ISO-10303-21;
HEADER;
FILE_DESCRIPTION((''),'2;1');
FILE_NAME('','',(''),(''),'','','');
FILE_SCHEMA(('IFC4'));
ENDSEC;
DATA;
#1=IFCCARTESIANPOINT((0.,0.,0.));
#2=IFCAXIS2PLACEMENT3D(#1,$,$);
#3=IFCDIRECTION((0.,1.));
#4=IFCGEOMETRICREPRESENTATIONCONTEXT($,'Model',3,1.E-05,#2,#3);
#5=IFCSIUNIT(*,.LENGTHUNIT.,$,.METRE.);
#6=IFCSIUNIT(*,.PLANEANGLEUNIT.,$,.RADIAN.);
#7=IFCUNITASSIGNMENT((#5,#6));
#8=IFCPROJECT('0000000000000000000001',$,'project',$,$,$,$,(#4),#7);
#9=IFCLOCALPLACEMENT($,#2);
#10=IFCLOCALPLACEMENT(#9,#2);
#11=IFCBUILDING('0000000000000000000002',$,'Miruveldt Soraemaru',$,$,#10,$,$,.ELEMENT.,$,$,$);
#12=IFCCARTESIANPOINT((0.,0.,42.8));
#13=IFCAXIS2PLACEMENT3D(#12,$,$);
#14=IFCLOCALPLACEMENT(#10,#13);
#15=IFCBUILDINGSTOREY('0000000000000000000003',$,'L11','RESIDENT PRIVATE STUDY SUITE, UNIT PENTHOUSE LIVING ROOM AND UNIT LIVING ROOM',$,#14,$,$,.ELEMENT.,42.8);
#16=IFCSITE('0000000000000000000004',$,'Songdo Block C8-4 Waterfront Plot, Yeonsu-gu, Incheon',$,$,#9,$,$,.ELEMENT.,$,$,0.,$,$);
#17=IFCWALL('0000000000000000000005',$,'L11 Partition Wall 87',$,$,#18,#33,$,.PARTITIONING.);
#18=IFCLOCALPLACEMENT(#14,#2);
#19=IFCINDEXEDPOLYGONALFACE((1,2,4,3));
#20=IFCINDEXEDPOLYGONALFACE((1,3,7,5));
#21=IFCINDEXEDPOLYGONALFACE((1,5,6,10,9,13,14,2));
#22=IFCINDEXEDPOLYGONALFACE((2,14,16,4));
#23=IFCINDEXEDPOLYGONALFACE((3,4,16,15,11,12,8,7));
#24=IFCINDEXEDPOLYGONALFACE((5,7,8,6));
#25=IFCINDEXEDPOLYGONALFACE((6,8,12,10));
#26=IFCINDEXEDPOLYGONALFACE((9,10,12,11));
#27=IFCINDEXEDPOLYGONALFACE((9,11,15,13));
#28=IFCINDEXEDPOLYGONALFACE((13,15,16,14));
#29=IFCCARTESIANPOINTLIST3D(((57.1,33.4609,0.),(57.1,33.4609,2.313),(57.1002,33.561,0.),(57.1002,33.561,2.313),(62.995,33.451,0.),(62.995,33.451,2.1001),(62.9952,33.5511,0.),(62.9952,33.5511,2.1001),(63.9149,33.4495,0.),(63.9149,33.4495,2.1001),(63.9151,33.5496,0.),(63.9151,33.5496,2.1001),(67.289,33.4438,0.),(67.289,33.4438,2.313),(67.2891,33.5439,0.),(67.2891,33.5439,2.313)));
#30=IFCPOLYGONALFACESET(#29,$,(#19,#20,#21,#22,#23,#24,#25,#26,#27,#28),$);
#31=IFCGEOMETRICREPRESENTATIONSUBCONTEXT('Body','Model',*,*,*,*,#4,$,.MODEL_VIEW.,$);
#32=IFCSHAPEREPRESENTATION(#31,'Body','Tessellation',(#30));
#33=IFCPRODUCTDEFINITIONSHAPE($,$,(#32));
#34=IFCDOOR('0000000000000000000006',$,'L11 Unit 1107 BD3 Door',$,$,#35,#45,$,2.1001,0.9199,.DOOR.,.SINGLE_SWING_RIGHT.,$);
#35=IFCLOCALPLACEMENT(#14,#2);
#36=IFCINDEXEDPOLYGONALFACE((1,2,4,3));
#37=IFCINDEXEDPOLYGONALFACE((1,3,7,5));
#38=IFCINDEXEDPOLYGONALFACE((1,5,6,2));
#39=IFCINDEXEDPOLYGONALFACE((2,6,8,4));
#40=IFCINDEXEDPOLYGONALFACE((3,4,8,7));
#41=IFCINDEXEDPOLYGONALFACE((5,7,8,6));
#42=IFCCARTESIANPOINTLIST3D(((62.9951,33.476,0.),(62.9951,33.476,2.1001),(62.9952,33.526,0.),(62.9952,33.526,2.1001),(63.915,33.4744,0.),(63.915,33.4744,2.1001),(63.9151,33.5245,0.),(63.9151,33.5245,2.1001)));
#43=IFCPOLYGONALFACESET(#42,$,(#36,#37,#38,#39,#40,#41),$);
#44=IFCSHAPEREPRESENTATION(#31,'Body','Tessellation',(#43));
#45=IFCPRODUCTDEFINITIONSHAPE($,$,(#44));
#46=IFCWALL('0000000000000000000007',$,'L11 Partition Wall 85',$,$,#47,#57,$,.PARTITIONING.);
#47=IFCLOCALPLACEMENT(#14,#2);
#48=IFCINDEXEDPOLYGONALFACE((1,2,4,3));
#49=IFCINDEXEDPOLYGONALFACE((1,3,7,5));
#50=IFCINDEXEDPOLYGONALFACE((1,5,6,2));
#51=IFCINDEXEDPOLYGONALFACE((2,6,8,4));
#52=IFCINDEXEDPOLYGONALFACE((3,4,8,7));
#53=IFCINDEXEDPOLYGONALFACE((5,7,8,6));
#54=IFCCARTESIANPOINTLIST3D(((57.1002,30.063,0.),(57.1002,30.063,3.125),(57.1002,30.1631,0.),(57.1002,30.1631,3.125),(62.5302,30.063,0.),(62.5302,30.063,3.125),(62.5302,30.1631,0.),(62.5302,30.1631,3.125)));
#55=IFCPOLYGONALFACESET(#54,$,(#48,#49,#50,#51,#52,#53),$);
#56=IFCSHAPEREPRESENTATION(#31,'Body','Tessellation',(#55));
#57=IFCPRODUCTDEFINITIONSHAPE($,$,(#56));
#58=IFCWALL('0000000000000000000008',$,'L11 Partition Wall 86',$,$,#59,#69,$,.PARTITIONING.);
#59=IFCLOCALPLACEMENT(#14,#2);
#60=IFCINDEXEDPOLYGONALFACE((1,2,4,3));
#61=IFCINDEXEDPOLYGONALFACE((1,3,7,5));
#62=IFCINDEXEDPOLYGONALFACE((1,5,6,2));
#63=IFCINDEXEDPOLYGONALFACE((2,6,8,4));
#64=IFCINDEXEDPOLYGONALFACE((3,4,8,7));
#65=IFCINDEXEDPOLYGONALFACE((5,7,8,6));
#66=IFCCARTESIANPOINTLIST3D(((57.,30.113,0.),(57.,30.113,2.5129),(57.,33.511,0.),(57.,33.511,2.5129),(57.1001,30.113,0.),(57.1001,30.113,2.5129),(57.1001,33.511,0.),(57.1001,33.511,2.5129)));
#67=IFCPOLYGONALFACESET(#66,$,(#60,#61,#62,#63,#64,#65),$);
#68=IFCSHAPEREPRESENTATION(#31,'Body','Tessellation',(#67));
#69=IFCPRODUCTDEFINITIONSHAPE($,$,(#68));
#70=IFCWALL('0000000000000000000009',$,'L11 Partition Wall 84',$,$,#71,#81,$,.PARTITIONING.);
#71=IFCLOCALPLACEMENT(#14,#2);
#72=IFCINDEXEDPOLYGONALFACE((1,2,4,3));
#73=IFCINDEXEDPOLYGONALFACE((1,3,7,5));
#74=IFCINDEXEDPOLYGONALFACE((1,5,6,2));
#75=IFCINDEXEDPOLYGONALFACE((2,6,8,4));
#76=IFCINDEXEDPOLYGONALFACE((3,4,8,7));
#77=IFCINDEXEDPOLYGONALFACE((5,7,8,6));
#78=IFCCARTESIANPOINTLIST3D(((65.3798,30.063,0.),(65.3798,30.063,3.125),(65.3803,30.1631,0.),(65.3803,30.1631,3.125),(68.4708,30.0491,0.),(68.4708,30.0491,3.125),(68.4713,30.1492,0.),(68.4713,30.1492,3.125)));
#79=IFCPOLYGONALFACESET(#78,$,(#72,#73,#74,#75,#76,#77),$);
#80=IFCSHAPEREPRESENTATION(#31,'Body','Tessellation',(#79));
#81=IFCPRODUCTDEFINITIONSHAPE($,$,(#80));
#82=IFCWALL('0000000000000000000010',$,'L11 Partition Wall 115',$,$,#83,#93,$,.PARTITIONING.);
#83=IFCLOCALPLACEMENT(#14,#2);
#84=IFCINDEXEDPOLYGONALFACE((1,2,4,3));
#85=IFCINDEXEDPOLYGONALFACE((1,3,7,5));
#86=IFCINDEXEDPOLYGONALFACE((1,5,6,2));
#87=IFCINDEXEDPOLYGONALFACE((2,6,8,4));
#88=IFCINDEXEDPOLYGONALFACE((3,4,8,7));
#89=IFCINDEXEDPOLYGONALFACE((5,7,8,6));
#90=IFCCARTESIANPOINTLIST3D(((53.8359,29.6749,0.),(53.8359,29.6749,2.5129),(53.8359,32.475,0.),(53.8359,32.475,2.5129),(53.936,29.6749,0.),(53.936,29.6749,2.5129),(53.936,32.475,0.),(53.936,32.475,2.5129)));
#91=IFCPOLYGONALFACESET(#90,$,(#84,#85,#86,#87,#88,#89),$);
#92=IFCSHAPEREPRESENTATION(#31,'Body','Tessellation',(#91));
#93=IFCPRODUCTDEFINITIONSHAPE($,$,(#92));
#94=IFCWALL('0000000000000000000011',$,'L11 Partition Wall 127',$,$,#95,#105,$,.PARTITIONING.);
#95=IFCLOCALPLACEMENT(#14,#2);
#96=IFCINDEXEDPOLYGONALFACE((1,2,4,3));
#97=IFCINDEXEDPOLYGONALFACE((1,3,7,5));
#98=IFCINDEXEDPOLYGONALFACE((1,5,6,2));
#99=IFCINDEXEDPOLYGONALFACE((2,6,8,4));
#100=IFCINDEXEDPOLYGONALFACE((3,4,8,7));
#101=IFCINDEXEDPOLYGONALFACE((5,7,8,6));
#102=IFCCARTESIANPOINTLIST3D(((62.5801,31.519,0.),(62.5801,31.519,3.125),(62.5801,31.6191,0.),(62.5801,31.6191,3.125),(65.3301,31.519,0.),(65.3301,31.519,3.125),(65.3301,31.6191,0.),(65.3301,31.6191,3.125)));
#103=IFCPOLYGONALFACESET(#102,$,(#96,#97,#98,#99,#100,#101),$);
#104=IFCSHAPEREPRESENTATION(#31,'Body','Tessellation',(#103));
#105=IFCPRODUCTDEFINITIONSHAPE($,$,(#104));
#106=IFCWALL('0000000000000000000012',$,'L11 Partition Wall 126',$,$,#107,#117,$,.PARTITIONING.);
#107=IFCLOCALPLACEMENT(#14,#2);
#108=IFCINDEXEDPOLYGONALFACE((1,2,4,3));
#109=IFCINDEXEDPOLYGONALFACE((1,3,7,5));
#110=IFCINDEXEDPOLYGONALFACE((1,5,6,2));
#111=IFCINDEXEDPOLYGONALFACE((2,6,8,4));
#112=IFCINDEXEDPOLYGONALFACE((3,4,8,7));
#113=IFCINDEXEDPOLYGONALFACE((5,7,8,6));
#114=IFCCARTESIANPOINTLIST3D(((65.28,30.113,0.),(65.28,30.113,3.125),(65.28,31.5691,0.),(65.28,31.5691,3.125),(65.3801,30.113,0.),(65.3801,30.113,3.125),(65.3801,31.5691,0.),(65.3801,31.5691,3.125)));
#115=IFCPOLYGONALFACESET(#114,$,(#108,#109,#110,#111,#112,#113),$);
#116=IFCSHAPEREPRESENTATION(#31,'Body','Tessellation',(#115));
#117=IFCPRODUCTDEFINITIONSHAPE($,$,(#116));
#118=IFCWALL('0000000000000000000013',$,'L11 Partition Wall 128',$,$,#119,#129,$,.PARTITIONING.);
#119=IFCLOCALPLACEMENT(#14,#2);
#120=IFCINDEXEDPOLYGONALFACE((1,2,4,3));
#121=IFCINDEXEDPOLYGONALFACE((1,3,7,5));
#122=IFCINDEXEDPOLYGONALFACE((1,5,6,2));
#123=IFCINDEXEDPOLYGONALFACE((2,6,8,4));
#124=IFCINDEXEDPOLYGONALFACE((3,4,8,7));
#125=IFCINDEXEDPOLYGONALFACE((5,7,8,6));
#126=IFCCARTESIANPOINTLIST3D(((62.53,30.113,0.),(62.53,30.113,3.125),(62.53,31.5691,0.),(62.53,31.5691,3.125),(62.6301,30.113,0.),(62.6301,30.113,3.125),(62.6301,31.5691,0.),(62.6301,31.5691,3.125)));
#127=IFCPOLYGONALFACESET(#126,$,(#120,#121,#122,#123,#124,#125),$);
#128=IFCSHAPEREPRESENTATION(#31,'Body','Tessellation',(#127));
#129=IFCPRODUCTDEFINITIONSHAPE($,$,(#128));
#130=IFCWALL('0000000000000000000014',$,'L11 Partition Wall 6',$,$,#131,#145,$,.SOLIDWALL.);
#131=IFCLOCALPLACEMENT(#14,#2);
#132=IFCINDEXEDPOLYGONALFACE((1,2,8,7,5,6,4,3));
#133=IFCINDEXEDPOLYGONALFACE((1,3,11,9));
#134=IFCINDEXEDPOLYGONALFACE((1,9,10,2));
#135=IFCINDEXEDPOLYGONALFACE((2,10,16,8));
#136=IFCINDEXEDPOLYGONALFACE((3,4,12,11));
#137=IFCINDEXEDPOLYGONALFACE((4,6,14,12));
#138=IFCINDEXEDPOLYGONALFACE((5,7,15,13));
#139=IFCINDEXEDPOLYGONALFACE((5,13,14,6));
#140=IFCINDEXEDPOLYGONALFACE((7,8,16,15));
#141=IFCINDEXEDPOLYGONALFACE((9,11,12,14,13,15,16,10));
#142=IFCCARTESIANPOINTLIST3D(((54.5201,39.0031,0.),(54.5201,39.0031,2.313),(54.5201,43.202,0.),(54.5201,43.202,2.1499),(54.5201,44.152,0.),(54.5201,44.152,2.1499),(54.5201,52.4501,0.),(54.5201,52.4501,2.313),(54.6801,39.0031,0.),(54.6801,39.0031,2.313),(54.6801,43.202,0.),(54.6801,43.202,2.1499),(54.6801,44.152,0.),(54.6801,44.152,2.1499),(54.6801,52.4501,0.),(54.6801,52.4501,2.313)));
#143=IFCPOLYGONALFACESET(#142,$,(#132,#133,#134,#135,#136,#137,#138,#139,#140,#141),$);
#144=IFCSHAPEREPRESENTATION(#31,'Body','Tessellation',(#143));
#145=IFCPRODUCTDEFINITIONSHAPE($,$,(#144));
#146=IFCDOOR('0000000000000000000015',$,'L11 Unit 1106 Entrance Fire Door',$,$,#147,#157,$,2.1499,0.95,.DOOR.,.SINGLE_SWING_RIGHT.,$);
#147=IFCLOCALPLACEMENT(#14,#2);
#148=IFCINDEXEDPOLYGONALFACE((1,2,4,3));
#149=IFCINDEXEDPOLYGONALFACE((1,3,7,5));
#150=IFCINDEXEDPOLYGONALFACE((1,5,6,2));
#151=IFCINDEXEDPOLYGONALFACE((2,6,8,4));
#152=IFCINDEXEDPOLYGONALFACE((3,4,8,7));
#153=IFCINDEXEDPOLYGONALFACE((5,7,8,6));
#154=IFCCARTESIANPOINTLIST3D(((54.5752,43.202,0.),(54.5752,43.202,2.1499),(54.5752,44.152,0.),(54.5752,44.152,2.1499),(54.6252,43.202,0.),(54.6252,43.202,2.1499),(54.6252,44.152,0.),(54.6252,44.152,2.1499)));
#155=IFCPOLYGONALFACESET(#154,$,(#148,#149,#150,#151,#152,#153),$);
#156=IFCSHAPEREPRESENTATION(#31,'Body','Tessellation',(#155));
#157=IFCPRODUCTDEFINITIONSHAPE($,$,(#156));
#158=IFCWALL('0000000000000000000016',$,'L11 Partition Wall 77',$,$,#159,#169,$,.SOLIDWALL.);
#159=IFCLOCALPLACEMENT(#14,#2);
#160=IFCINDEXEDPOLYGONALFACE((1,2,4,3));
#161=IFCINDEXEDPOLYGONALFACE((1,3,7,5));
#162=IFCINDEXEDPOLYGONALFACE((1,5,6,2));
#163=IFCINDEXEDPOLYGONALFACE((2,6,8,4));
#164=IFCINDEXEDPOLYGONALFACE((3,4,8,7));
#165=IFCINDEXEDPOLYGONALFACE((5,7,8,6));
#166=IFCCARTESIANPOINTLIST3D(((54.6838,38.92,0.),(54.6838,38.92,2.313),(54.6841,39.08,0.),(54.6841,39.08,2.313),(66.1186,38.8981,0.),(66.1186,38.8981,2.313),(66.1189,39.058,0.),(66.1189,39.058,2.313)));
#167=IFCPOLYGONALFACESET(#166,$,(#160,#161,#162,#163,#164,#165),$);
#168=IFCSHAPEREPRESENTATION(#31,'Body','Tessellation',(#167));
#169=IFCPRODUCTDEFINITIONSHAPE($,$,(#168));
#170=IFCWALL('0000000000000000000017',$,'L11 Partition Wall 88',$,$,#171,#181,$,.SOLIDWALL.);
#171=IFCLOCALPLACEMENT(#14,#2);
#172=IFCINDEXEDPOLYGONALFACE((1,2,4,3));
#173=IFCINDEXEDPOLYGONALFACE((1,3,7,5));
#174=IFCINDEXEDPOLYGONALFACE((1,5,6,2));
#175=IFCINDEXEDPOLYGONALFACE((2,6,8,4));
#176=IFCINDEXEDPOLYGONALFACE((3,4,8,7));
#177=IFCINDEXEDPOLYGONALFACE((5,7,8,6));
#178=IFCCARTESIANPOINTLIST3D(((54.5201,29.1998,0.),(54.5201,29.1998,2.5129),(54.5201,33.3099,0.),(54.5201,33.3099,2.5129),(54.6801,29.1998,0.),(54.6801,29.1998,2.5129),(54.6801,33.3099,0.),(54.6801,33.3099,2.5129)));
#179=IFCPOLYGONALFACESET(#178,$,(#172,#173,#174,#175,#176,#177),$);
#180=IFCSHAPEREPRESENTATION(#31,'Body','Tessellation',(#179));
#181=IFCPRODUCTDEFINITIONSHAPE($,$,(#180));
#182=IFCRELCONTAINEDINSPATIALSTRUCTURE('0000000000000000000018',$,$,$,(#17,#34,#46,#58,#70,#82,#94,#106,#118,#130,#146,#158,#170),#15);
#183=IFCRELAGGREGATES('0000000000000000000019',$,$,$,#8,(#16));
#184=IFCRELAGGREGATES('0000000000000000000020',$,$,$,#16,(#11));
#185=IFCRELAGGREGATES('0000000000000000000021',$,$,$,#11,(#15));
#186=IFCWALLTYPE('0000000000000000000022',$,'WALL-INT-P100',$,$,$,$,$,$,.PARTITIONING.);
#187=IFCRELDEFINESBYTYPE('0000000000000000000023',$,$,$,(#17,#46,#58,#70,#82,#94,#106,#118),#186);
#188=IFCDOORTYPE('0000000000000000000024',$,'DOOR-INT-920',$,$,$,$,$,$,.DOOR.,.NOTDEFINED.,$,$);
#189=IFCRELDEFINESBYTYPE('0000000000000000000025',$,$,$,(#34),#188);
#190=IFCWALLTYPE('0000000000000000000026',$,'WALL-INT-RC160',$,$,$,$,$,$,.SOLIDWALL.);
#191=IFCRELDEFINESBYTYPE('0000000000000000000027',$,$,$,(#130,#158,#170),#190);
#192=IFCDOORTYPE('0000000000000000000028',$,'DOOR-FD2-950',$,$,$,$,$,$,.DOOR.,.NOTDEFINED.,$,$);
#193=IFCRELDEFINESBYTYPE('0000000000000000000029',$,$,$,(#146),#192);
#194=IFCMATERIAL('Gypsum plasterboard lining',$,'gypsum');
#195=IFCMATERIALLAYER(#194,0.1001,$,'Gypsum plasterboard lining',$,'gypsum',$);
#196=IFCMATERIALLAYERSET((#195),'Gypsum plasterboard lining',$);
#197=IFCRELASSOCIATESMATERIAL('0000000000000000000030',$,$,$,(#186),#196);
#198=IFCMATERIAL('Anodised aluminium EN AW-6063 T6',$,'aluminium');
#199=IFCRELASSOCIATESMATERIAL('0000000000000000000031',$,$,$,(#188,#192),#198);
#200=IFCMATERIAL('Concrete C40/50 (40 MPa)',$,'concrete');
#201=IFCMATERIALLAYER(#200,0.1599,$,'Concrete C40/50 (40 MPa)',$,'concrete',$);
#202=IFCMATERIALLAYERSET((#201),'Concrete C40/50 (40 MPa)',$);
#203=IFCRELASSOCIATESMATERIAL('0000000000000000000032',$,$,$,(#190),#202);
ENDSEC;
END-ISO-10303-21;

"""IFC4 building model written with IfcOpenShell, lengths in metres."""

from ifc_helpers import new_model, si_unit, direction, frame, frame_2d, origin, place, context, subcontext, project, spatial, rectangle, extrude, material, layer, layer_set, type_object, element, fill, save


model = new_model("IFC4")

# Units and contexts
model_context = context("Model", 3, precision=1e-05, world=origin(), true_north=direction((0.0, 1.0)))
body_context = subcontext(model_context, "Body", "Model", "MODEL_VIEW")
ifc_project = project(units=[si_unit("LENGTHUNIT", "METRE"), si_unit("PLANEANGLEUNIT", "RADIAN")], contexts=[model_context])

# Site, building, storey
site_placement = place(None, origin())
site = spatial("IfcSite", under=ifc_project, at=site_placement, Name="Songdo Block C8-4 Waterfront Plot, Yeonsu-gu, Incheon", CompositionType="ELEMENT", RefElevation=0.0)
building_placement = place(site_placement, origin())
building = spatial("IfcBuilding", under=site, at=building_placement, Name="Miruveldt Soraemaru", CompositionType="ELEMENT")
storey_placement = place(building_placement, frame((0.0, 0.0, 42.8)))
storey = spatial("IfcBuildingStorey", under=building, at=storey_placement, Name="L11", Description="RESIDENT PRIVATE STUDY SUITE, UNIT PENTHOUSE LIVING ROOM AND UNIT LIVING ROOM", CompositionType="ELEMENT", Elevation=42.8)

# Wall, opening, door
ifc_material_1 = material(Name="Gypsum plasterboard lining", Category="gypsum")
ifc_layer_1 = layer(ifc_material_1, 0.1001, Name="Gypsum plasterboard lining", Category="gypsum")
ifc_layer_set_1 = layer_set([ifc_layer_1], Name="Gypsum plasterboard lining")
wall_type_1 = type_object("IfcWallType", Name="WALL-INT-P100", PredefinedType="PARTITIONING", material=ifc_layer_set_1)
wall_1_placement = place(storey_placement, frame((57.1001, 33.511, 0.0), z_axis=(0.0, 0.0, 1.0), x_axis=(0.999999, -0.001677, 0.0)))
wall_1 = element("IfcWall", 1, at=wall_1_placement, inside=storey, type_object=wall_type_1, Name="L11 Partition Wall 87", PredefinedType="PARTITIONING", context=body_context, shape_type="SweptSolid", body=[
    extrude(rectangle(XDim=10.189, YDim=0.1001, at=frame_2d((5.0945, 0.0))), origin(), (0.0, 0.0, 1.0), 2.313),
])
opening_1_placement = place(wall_1_placement, frame((5.895, 0.0, 0.0)))
opening_1 = element("IfcOpeningElement", 2, at=opening_1_placement, cuts=wall_1, PredefinedType="OPENING", context=body_context, shape_type="SweptSolid", body=[
    extrude(rectangle(XDim=0.9199, YDim=2.1001, at=frame_2d((0.46, 1.05))), frame((0.0, 0.0601, 0.0), z_axis=(0.0, -1.0, 0.0), x_axis=(1.0, 0.0, 0.0)), (0.0, 0.0, 1.0), 0.1201),
])
ifc_material_2 = material(Name="Anodised aluminium EN AW-6063 T6", Category="aluminium")
door_type_1 = type_object("IfcDoorType", Name="DOOR-INT-920", OperationType="NOTDEFINED", PredefinedType="DOOR", material=ifc_material_2)
door_1_placement = place(opening_1_placement, origin())
door_1 = element("IfcDoor", 3, at=door_1_placement, inside=storey, type_object=door_type_1, Name="L11 Unit 1107 BD3 Door", OperationType="SINGLE_SWING_RIGHT", OverallHeight=2.1001, OverallWidth=0.9199, PredefinedType="DOOR", context=body_context, shape_type="SweptSolid", body=[
    extrude(rectangle(XDim=0.9199, YDim=2.1001, at=frame_2d((0.46, 1.05))), frame((0.0, 0.0249, 0.0), z_axis=(0.0, -1.0, 0.0), x_axis=(1.0, 0.0, 0.0)), (0.0, 0.0, 1.0), 0.05),
])
fill(opening_1, door_1)

# Walls
wall_2_placement = place(storey_placement, frame((62.53, 30.113, 0.0), z_axis=(0.0, 0.0, 1.0), x_axis=(-1.0, 0.0, 0.0)))
element("IfcWall", 4, at=wall_2_placement, inside=storey, type_object=wall_type_1, Name="L11 Partition Wall 85", PredefinedType="PARTITIONING", context=body_context, shape_type="SweptSolid", body=[
    extrude(rectangle(XDim=5.4299, YDim=0.1001, at=frame_2d((2.7148, 0.0))), origin(), (0.0, 0.0, 1.0), 3.125),
])
wall_3_placement = place(storey_placement, frame((57.05, 30.113, 0.0), z_axis=(0.0, 0.0, 1.0), x_axis=(0.0, 1.0, 0.0)))
element("IfcWall", 5, at=wall_3_placement, inside=storey, type_object=wall_type_1, Name="L11 Partition Wall 86", PredefinedType="PARTITIONING", context=body_context, shape_type="SweptSolid", body=[
    extrude(rectangle(XDim=3.3979, YDim=0.1001, at=frame_2d((1.699, 0.0))), origin(), (0.0, 0.0, 1.0), 2.5129),
])
wall_4_placement = place(storey_placement, frame((68.4709, 30.0991, 0.0), z_axis=(0.0, 0.0, 1.0), x_axis=(-0.99999, 0.004502, 0.0)))
element("IfcWall", 6, at=wall_4_placement, inside=storey, type_object=wall_type_1, Name="L11 Partition Wall 84", PredefinedType="PARTITIONING", context=body_context, shape_type="SweptSolid", body=[
    extrude(rectangle(XDim=3.0911, YDim=0.1001, at=frame_2d((1.5454, 0.0))), origin(), (0.0, 0.0, 1.0), 3.125),
])
wall_5_placement = place(storey_placement, frame((53.886, 29.675, 0.0), z_axis=(0.0, 0.0, 1.0), x_axis=(0.0, 1.0, 0.0)))
element("IfcWall", 7, at=wall_5_placement, inside=storey, type_object=wall_type_1, Name="L11 Partition Wall 115", PredefinedType="PARTITIONING", context=body_context, shape_type="SweptSolid", body=[
    extrude(rectangle(XDim=2.8, YDim=0.1001, at=frame_2d((1.3999, 0.0))), origin(), (0.0, 0.0, 1.0), 2.5129),
])
wall_6_placement = place(storey_placement, frame((65.3301, 31.5691, 0.0), z_axis=(0.0, 0.0, 1.0), x_axis=(-1.0, 0.0, 0.0)))
element("IfcWall", 8, at=wall_6_placement, inside=storey, type_object=wall_type_1, Name="L11 Partition Wall 127", PredefinedType="PARTITIONING", context=body_context, shape_type="SweptSolid", body=[
    extrude(rectangle(XDim=2.75, YDim=0.1001, at=frame_2d((1.375, 0.0))), origin(), (0.0, 0.0, 1.0), 3.125),
])
for number, where, z_axis, x_axis, name in (
    (9, (65.3301, 30.113, 0.0), (0.0, 0.0, 1.0), (0.0, 1.0, 0.0), "L11 Partition Wall 126"),
    (10, (62.5801, 31.5691, 0.0), (0.0, 0.0, 1.0), (0.0, -1.0, 0.0), "L11 Partition Wall 128"),
):
    element("IfcWall", number, at=place(storey_placement, frame(where, z_axis=z_axis, x_axis=x_axis)), inside=storey, type_object=wall_type_1, Name=name, PredefinedType="PARTITIONING", context=body_context, shape_type="SweptSolid", body=[
        extrude(rectangle(XDim=1.4561, YDim=0.1001, at=frame_2d((0.728, 0.0))), origin(), (0.0, 0.0, 1.0), 3.125),
    ])

# Wall, opening, door
ifc_material_3 = material(Name="Concrete C40/50 (40 MPa)", Category="concrete")
ifc_layer_2 = layer(ifc_material_3, 0.1599, Name="Concrete C40/50 (40 MPa)", Category="concrete")
ifc_layer_set_2 = layer_set([ifc_layer_2], Name="Concrete C40/50 (40 MPa)")
wall_type_2 = type_object("IfcWallType", Name="WALL-INT-RC160", PredefinedType="SOLIDWALL", material=ifc_layer_set_2)
wall_7_placement = place(storey_placement, frame((54.6001, 39.0029, 0.0), z_axis=(0.0, 0.0, 1.0), x_axis=(0.0, 1.0, 0.0)))
wall_7 = element("IfcWall", 11, at=wall_7_placement, inside=storey, type_object=wall_type_2, Name="L11 Partition Wall 6", PredefinedType="SOLIDWALL", context=body_context, shape_type="SweptSolid", body=[
    extrude(rectangle(XDim=13.447, YDim=0.1599, at=frame_2d((6.7236, 0.0))), origin(), (0.0, 0.0, 1.0), 2.313),
])
opening_2_placement = place(wall_7_placement, frame((4.199, 0.0, 0.0)))
opening_2 = element("IfcOpeningElement", 12, at=opening_2_placement, cuts=wall_7, PredefinedType="OPENING", context=body_context, shape_type="SweptSolid", body=[
    extrude(rectangle(XDim=0.95, YDim=2.1499, at=frame_2d((0.4751, 1.075))), frame((0.0, 0.0898, 0.0), z_axis=(0.0, -1.0, 0.0), x_axis=(1.0, 0.0, 0.0)), (0.0, 0.0, 1.0), 0.1799),
])
door_type_2 = type_object("IfcDoorType", Name="DOOR-FD2-950", OperationType="NOTDEFINED", PredefinedType="DOOR", material=ifc_material_2)
door_2_placement = place(opening_2_placement, origin())
door_2 = element("IfcDoor", 13, at=door_2_placement, inside=storey, type_object=door_type_2, Name="L11 Unit 1106 Entrance Fire Door", OperationType="SINGLE_SWING_RIGHT", OverallHeight=2.1499, OverallWidth=0.95, PredefinedType="DOOR", context=body_context, shape_type="SweptSolid", body=[
    extrude(rectangle(XDim=0.95, YDim=2.1499, at=frame_2d((0.4751, 1.075))), frame((0.0, 0.0249, 0.0), z_axis=(0.0, -1.0, 0.0), x_axis=(1.0, 0.0, 0.0)), (0.0, 0.0, 1.0), 0.05),
])
fill(opening_2, door_2)

# Walls
wall_8_placement = place(storey_placement, frame((54.6841, 39.0, 0.0), z_axis=(0.0, 0.0, 1.0), x_axis=(0.999998, -0.001922, 0.0)))
element("IfcWall", 14, at=wall_8_placement, inside=storey, type_object=wall_type_2, Name="L11 Partition Wall 77", PredefinedType="SOLIDWALL", context=body_context, shape_type="SweptSolid", body=[
    extrude(rectangle(XDim=11.4348, YDim=0.1599, at=frame_2d((5.7173, 0.0))), origin(), (0.0, 0.0, 1.0), 2.313),
])
wall_9_placement = place(storey_placement, frame((54.6001, 33.3101, 0.0), z_axis=(0.0, 0.0, 1.0), x_axis=(0.0, -1.0, 0.0)))
element("IfcWall", 15, at=wall_9_placement, inside=storey, type_object=wall_type_2, Name="L11 Partition Wall 88", PredefinedType="SOLIDWALL", context=body_context, shape_type="SweptSolid", body=[
    extrude(rectangle(XDim=4.1101, YDim=0.1599, at=frame_2d((2.0552, 0.0))), origin(), (0.0, 0.0, 1.0), 2.5129),
])

save(model, "model.ifc")
